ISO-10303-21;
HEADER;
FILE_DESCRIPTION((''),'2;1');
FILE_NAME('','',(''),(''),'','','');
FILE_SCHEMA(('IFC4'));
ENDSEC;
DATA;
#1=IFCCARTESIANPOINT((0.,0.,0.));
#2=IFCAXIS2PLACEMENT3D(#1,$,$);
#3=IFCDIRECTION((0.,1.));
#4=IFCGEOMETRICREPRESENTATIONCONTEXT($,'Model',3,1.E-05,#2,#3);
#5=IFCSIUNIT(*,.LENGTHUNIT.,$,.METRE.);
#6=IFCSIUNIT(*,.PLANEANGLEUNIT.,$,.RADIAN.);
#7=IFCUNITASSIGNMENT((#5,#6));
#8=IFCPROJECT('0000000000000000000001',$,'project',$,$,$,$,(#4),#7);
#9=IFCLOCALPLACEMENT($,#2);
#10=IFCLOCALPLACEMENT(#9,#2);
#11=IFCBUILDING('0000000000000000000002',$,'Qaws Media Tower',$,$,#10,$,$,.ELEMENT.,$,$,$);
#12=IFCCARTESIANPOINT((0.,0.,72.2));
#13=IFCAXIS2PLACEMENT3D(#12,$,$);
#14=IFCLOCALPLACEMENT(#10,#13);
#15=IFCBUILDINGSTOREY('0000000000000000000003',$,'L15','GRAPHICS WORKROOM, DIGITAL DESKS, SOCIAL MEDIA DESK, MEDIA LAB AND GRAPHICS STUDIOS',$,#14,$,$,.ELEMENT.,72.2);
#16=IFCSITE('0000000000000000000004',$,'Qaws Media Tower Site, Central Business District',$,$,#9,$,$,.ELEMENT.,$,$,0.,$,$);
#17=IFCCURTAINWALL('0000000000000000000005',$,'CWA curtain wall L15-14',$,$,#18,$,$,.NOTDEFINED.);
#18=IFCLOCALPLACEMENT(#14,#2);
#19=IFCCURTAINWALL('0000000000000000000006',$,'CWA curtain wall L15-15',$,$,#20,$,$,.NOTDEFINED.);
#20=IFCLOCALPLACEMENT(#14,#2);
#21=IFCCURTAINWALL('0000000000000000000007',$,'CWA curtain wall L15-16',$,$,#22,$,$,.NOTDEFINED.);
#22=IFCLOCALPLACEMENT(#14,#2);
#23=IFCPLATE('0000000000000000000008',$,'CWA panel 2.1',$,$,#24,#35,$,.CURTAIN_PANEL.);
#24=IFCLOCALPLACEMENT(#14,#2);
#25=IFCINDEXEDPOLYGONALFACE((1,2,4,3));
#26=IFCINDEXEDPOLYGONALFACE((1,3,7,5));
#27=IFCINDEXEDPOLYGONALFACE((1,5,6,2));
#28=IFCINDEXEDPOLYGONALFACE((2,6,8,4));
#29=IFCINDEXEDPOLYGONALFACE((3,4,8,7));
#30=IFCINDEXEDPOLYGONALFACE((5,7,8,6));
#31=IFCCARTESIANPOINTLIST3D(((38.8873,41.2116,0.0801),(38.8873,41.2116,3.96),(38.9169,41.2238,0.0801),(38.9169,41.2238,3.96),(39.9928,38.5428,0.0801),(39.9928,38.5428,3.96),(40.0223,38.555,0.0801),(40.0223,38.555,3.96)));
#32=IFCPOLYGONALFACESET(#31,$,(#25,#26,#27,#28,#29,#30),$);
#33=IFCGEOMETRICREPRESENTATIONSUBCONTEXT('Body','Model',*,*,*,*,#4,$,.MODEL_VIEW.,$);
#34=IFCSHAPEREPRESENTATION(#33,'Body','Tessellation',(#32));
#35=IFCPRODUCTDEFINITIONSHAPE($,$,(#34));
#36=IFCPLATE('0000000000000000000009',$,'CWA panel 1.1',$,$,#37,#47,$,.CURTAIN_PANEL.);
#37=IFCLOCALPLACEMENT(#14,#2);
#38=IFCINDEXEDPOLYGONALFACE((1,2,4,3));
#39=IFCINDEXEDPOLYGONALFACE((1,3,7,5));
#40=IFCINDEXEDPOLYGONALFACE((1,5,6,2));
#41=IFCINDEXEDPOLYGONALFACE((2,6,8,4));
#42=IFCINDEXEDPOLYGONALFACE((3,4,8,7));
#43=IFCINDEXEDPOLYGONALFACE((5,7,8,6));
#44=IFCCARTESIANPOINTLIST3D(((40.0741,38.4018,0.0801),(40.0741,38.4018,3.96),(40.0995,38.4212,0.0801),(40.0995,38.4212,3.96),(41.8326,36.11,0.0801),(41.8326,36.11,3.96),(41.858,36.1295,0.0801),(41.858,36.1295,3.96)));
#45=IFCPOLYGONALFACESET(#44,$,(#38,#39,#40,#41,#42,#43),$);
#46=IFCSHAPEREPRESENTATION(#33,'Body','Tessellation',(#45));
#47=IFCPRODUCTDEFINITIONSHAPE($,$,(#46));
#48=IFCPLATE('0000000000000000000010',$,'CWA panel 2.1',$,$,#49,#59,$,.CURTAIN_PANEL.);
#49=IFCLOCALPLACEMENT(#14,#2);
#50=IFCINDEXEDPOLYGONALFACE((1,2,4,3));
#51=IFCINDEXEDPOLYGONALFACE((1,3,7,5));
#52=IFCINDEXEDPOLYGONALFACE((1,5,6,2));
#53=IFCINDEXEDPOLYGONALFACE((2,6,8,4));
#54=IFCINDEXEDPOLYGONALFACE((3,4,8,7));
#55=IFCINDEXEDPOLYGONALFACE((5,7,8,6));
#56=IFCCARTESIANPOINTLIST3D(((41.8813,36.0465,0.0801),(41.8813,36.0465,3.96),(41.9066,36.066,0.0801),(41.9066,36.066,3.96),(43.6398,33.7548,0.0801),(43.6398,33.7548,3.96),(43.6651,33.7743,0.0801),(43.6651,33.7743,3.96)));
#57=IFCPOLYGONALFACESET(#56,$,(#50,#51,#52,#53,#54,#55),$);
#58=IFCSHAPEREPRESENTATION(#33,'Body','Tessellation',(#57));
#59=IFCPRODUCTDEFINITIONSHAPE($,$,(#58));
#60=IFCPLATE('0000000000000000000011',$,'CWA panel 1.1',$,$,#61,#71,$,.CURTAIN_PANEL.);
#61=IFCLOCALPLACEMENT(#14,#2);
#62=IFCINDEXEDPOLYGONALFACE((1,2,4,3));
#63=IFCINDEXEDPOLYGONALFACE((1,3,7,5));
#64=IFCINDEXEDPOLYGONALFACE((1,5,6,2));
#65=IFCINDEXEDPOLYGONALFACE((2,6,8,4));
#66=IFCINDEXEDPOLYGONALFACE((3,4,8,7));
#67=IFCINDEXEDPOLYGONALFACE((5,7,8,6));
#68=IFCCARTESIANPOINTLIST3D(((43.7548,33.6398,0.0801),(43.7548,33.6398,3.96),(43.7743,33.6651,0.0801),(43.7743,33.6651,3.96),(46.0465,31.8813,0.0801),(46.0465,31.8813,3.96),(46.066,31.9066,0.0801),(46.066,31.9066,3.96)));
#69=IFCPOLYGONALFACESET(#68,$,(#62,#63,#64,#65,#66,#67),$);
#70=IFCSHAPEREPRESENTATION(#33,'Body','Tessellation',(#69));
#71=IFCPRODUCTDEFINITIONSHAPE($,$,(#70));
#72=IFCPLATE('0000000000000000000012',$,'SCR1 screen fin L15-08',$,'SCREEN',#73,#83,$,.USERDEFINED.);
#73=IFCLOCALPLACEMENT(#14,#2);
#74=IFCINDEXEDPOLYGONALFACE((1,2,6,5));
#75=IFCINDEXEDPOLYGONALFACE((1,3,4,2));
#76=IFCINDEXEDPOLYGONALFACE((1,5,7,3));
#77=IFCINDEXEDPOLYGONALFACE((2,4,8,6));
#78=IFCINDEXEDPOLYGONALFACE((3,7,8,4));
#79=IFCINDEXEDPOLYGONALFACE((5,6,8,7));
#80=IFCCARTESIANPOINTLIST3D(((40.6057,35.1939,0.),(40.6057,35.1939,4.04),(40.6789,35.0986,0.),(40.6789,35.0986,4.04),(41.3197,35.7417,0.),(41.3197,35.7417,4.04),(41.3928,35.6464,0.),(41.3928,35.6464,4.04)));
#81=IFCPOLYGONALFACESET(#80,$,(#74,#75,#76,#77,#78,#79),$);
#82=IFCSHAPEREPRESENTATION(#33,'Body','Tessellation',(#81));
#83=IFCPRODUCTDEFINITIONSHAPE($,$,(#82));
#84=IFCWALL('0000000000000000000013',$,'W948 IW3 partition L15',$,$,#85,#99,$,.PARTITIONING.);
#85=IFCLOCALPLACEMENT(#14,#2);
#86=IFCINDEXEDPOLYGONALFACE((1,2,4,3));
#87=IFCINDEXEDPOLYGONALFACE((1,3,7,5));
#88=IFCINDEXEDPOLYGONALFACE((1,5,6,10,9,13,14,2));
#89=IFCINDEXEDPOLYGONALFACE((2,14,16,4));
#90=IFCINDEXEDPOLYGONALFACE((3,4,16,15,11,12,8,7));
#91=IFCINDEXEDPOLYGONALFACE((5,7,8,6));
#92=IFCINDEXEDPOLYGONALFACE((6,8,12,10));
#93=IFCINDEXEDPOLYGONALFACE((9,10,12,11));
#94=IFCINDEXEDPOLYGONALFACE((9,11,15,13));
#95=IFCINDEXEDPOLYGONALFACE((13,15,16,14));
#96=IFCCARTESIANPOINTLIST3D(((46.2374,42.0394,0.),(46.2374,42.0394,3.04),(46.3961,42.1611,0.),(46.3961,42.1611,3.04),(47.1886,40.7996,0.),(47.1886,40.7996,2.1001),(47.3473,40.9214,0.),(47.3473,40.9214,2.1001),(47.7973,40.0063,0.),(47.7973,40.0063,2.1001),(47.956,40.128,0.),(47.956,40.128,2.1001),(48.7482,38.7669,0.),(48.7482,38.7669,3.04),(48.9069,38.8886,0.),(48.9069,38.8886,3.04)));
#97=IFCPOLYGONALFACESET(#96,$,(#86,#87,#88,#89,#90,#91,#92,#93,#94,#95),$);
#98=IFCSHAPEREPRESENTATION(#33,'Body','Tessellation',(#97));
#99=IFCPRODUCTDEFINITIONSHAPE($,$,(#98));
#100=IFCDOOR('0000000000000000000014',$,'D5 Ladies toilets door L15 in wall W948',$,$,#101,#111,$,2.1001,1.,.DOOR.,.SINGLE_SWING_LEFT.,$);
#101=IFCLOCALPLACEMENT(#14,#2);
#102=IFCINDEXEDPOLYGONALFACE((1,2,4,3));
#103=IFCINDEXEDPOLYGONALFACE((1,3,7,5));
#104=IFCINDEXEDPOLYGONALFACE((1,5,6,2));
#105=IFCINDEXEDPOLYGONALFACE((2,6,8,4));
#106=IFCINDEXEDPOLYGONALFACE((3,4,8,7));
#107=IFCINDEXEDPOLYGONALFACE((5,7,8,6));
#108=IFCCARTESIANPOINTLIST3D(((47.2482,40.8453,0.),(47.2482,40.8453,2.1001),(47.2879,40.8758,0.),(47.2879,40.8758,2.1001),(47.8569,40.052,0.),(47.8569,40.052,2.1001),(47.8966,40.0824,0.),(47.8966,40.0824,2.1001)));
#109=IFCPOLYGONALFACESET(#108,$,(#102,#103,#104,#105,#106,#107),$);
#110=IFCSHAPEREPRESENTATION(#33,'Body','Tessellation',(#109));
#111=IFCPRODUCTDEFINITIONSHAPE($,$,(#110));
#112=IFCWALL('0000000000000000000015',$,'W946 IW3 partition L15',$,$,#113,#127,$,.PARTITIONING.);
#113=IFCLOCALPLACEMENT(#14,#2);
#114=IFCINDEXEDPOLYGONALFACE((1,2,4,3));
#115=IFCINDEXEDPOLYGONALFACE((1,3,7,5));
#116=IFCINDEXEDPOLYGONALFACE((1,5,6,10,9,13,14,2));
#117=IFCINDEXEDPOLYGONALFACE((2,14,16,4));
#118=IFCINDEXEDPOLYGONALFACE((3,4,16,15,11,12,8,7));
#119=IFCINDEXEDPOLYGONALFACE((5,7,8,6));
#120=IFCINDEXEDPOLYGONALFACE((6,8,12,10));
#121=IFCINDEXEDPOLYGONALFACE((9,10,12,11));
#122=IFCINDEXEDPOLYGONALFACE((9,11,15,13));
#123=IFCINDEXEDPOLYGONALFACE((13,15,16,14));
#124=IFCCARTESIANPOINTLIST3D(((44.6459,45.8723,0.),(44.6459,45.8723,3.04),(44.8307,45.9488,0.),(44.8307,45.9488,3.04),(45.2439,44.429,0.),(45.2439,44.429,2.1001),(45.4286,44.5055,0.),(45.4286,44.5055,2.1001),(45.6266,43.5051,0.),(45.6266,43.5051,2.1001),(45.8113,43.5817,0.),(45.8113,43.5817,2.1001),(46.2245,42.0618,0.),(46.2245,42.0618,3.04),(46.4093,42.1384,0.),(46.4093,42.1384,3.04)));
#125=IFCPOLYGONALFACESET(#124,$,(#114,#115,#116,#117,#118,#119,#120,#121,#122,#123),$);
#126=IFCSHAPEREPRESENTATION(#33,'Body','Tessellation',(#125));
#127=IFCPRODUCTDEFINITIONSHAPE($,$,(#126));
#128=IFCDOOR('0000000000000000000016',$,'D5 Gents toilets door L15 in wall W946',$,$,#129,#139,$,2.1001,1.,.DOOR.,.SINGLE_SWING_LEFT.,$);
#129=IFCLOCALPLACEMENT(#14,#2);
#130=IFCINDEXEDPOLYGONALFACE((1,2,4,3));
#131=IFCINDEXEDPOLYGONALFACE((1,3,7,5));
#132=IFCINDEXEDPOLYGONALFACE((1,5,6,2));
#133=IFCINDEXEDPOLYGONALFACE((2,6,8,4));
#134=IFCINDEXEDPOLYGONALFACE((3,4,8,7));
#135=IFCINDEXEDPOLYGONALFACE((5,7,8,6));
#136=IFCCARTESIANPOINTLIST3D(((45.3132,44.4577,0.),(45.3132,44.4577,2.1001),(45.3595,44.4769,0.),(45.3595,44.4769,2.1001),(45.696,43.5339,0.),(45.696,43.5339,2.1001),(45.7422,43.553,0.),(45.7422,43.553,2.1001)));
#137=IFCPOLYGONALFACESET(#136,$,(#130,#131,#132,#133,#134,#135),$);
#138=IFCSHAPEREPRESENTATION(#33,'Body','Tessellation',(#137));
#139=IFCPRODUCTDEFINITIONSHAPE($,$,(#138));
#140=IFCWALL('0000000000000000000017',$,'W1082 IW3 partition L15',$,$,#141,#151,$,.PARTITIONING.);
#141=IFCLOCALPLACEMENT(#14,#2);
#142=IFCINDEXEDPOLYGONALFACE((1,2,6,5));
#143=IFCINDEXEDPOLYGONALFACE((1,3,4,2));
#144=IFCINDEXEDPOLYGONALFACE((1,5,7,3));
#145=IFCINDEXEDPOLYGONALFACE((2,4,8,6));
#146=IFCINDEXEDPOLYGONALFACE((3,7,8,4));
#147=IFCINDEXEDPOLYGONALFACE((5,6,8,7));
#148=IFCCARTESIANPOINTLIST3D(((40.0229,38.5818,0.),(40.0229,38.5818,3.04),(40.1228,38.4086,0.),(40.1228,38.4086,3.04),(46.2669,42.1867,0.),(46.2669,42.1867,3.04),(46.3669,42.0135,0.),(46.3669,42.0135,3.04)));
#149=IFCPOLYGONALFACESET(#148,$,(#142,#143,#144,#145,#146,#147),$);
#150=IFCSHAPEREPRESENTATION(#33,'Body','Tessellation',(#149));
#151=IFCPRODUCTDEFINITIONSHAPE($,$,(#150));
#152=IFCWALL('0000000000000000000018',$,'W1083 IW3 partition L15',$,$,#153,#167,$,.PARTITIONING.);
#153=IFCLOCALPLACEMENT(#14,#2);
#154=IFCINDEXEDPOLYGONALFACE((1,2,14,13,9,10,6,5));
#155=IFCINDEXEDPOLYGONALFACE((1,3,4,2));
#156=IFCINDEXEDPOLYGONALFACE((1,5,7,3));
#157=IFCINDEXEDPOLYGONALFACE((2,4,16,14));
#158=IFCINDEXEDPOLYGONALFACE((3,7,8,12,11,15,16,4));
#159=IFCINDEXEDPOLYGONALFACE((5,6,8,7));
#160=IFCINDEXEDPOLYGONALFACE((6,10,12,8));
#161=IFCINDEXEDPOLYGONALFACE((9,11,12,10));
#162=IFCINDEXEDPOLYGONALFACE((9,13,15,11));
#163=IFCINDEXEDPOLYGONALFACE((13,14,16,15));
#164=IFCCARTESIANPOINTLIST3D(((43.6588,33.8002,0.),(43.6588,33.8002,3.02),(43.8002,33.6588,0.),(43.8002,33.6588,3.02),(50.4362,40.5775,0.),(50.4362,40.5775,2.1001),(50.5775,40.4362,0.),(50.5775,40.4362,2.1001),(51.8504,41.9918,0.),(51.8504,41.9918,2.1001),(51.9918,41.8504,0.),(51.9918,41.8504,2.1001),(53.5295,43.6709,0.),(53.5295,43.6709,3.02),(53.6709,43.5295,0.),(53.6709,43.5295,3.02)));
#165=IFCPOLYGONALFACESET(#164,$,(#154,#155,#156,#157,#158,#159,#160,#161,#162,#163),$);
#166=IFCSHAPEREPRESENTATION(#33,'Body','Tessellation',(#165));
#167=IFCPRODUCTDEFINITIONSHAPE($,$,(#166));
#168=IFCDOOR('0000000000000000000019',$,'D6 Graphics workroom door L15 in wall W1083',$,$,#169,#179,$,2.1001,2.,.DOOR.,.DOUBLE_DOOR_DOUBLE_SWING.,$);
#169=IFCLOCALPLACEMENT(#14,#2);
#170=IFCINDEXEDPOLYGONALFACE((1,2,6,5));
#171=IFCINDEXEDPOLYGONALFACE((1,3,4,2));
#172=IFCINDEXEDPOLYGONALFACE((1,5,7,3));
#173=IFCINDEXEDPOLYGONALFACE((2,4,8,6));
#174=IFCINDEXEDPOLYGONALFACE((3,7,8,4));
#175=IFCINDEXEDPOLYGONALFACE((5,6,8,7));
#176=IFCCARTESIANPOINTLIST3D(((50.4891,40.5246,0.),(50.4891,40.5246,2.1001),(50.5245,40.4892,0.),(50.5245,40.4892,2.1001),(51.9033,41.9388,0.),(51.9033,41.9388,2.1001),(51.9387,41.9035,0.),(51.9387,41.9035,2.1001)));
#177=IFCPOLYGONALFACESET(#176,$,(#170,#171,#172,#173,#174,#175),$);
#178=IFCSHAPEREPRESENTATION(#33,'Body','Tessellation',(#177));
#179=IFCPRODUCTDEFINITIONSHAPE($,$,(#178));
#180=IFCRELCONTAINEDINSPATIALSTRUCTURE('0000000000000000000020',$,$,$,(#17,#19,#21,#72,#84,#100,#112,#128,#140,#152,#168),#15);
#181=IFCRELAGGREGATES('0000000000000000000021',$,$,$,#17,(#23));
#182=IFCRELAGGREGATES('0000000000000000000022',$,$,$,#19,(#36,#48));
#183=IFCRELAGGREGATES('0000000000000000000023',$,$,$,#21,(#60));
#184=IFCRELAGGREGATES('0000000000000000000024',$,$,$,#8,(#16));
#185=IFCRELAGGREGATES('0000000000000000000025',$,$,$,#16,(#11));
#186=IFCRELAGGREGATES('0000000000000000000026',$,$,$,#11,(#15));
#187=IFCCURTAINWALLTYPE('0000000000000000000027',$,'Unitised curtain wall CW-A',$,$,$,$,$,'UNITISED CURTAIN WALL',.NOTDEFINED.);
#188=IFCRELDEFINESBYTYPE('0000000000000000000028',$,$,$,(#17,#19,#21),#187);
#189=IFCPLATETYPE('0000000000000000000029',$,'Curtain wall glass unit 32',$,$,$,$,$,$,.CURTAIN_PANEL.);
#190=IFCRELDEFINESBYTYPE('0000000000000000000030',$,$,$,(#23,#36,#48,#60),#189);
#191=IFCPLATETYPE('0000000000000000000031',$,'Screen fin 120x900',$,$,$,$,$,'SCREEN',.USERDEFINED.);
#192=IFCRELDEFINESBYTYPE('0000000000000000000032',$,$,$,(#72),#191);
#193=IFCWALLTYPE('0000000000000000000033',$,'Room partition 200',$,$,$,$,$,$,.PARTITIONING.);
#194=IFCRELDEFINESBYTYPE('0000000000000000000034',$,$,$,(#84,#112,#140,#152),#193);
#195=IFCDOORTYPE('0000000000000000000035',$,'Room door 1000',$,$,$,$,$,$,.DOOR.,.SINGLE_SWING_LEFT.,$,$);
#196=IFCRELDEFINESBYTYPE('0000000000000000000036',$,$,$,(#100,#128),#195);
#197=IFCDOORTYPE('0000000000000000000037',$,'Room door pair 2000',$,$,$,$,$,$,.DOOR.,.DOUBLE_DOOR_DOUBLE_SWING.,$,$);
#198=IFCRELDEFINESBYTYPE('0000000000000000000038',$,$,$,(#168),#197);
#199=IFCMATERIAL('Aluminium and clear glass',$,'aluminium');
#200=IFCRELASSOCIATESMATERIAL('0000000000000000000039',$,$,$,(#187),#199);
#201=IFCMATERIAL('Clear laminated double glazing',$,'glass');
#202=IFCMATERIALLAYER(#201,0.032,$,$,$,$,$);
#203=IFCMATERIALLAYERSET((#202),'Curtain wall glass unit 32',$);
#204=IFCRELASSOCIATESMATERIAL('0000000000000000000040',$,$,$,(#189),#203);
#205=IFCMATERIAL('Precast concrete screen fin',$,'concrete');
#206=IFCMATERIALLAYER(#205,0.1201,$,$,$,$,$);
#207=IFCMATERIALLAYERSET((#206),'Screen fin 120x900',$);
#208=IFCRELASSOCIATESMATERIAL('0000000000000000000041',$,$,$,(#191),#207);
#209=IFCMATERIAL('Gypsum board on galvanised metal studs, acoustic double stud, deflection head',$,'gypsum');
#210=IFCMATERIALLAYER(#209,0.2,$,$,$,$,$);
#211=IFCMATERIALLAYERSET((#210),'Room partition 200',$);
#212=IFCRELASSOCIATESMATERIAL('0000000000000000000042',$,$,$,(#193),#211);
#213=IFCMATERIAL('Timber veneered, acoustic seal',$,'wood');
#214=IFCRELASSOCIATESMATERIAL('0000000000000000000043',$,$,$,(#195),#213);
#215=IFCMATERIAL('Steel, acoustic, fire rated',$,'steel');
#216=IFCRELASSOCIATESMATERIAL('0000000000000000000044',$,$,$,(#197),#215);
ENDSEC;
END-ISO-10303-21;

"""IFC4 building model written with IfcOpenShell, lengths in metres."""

from ifc_helpers import new_model, si_unit, direction, frame, frame_2d, origin, origin_2d, place, context, subcontext, project, spatial, rectangle, extrude, material, layer, layer_set, type_object, element, fill, aggregate, save


model = new_model("IFC4")

# Units and contexts
model_context = context("Model", 3, precision=1e-05, world=origin(), true_north=direction((0.0, 1.0)))
body_context = subcontext(model_context, "Body", "Model", "MODEL_VIEW")
ifc_project = project(units=[si_unit("LENGTHUNIT", "METRE"), si_unit("PLANEANGLEUNIT", "RADIAN")], contexts=[model_context])

# Site, building, storey
site_placement = place(None, origin())
site = spatial("IfcSite", under=ifc_project, at=site_placement, Name="Qaws Media Tower Site, Central Business District", CompositionType="ELEMENT", RefElevation=0.0)
building_placement = place(site_placement, origin())
building = spatial("IfcBuilding", under=site, at=building_placement, Name="Qaws Media Tower", CompositionType="ELEMENT")
storey_placement = place(building_placement, frame((0.0, 0.0, 72.2)))
storey = spatial("IfcBuildingStorey", under=building, at=storey_placement, Name="L15", Description="GRAPHICS WORKROOM, DIGITAL DESKS, SOCIAL MEDIA DESK, MEDIA LAB AND GRAPHICS STUDIOS", CompositionType="ELEMENT", Elevation=72.2)

# Curtain wall
ifc_material_1 = material(Name="Aluminium and clear glass", Category="aluminium")
curtain_wall_type = type_object("IfcCurtainWallType", Name="Unitised curtain wall CW-A", ElementType="UNITISED CURTAIN WALL", PredefinedType="NOTDEFINED", material=ifc_material_1)
curtain_wall_1_placement = place(storey_placement, origin())
curtain_wall_1 = element("IfcCurtainWall", 1, at=curtain_wall_1_placement, inside=storey, type_object=curtain_wall_type, Name="CWA curtain wall L15-14", PredefinedType="NOTDEFINED")

# Curtain wall
curtain_wall_2_placement = place(storey_placement, origin())
curtain_wall_2 = element("IfcCurtainWall", 2, at=curtain_wall_2_placement, inside=storey, type_object=curtain_wall_type, Name="CWA curtain wall L15-15", PredefinedType="NOTDEFINED")

# Curtain wall
curtain_wall_3_placement = place(storey_placement, origin())
curtain_wall_3 = element("IfcCurtainWall", 3, at=curtain_wall_3_placement, inside=storey, type_object=curtain_wall_type, Name="CWA curtain wall L15-16", PredefinedType="NOTDEFINED")

# Plates
ifc_material_2 = material(Name="Clear laminated double glazing", Category="glass")
ifc_layer_1 = layer(ifc_material_2, 0.032)
ifc_layer_set_1 = layer_set([ifc_layer_1], Name="Curtain wall glass unit 32")
plate_type_1 = type_object("IfcPlateType", Name="Curtain wall glass unit 32", PredefinedType="CURTAIN_PANEL", material=ifc_layer_set_1)
plate_1_placement = place(storey_placement, frame((39.4548, 39.8833, 0.0801), z_axis=(0.0, 0.0, 1.0), x_axis=(0.382683, -0.92388, 0.0)))
plate_1 = element("IfcPlate", 4, at=plate_1_placement, type_object=plate_type_1, Name="CWA panel 2.1", PredefinedType="CURTAIN_PANEL", context=body_context, shape_type="SweptSolid", body=[
    extrude(rectangle(XDim=2.8887, YDim=0.032, at=origin_2d()), origin(), (0.0, 0.0, 1.0), 3.8799),
])
aggregate(curtain_wall_1, [plate_1])
plate_2_placement = place(storey_placement, frame((40.9661, 37.2656, 0.0801), z_axis=(0.0, 0.0, 1.0), x_axis=(0.608762, -0.793353, 0.0)))
plate_2 = element("IfcPlate", 5, at=plate_2_placement, type_object=plate_type_1, Name="CWA panel 1.1", PredefinedType="CURTAIN_PANEL", context=body_context, shape_type="SweptSolid", body=[
    extrude(rectangle(XDim=2.8887, YDim=0.032, at=origin_2d()), origin(), (0.0, 0.0, 1.0), 3.8799),
])
plate_3_placement = place(storey_placement, frame((42.7732, 34.9104, 0.0801), z_axis=(0.0, 0.0, 1.0), x_axis=(0.608762, -0.793353, 0.0)))
plate_3 = element("IfcPlate", 6, at=plate_3_placement, type_object=plate_type_1, Name="CWA panel 2.1", PredefinedType="CURTAIN_PANEL", context=body_context, shape_type="SweptSolid", body=[
    extrude(rectangle(XDim=2.8887, YDim=0.032, at=origin_2d()), origin(), (0.0, 0.0, 1.0), 3.8799),
])
aggregate(curtain_wall_2, [plate_2, plate_3])
plate_4_placement = place(storey_placement, frame((44.9104, 32.7732, 0.0801), z_axis=(0.0, 0.0, 1.0), x_axis=(0.793353, -0.608762, 0.0)))
plate_4 = element("IfcPlate", 7, at=plate_4_placement, type_object=plate_type_1, Name="CWA panel 1.1", PredefinedType="CURTAIN_PANEL", context=body_context, shape_type="SweptSolid", body=[
    extrude(rectangle(XDim=2.8887, YDim=0.032, at=origin_2d()), origin(), (0.0, 0.0, 1.0), 3.8799),
])
aggregate(curtain_wall_3, [plate_4])
ifc_material_3 = material(Name="Precast concrete screen fin", Category="concrete")
ifc_layer_2 = layer(ifc_material_3, 0.1201)
ifc_layer_set_2 = layer_set([ifc_layer_2], Name="Screen fin 120x900")
plate_type_2 = type_object("IfcPlateType", Name="Screen fin 120x900", ElementType="SCREEN", PredefinedType="USERDEFINED", material=ifc_layer_set_2)
plate_5_placement = place(storey_placement, frame((40.9993, 35.4202, 0.0), z_axis=(0.0, 0.0, 1.0), x_axis=(-0.793353, -0.608761, 0.0)))
element("IfcPlate", 8, at=plate_5_placement, inside=storey, type_object=plate_type_2, Name="SCR1 screen fin L15-08", ObjectType="SCREEN", PredefinedType="USERDEFINED", context=body_context, shape_type="SweptSolid", body=[
    extrude(rectangle(XDim=0.8999, YDim=0.1201, at=origin_2d()), origin(), (0.0, 0.0, 1.0), 4.04),
])

# Walls, openings, doors
ifc_material_4 = material(Name="Gypsum board on galvanised metal studs, acoustic double stud, deflection head", Category="gypsum")
ifc_layer_3 = layer(ifc_material_4, 0.2)
ifc_layer_set_3 = layer_set([ifc_layer_3], Name="Room partition 200")
wall_type = type_object("IfcWallType", Name="Room partition 200", PredefinedType="PARTITIONING", material=ifc_layer_set_3)
wall_1_placement = place(storey_placement, frame((48.8276, 38.8276, 0.0), z_axis=(0.0, 0.0, 1.0), x_axis=(-0.608715, 0.793389, 0.0)))
wall_1 = element("IfcWall", 9, at=wall_1_placement, inside=storey, type_object=wall_type, Name="W948 IW3 partition L15", PredefinedType="PARTITIONING", context=body_context, shape_type="SweptSolid", body=[
    extrude(rectangle(XDim=4.1248, YDim=0.2, at=frame_2d((2.0625, 0.0))), origin(), (0.0, 0.0, 1.0), 3.04),
])
opening_1_placement = place(wall_1_placement, frame((1.5623, 0.0, 0.0)))
opening_1 = element("IfcOpeningElement", 10, at=opening_1_placement, cuts=wall_1, PredefinedType="OPENING", context=body_context, shape_type="SweptSolid", body=[
    extrude(rectangle(XDim=1.0, YDim=2.1001, at=frame_2d((0.5, 1.05))), frame((0.0, 0.1099, 0.0), z_axis=(0.0, -1.0, 0.0), x_axis=(1.0, 0.0, 0.0)), (0.0, 0.0, 1.0), 0.22),
])
ifc_material_5 = material(Name="Timber veneered, acoustic seal", Category="wood")
door_type_1 = type_object("IfcDoorType", Name="Room door 1000", OperationType="SINGLE_SWING_LEFT", PredefinedType="DOOR", material=ifc_material_5)
door_1_placement = place(opening_1_placement, origin())
door_1 = element("IfcDoor", 11, at=door_1_placement, inside=storey, type_object=door_type_1, Name="D5 Ladies toilets door L15 in wall W948", OperationType="SINGLE_SWING_LEFT", OverallHeight=2.1001, OverallWidth=1.0, PredefinedType="DOOR", context=body_context, shape_type="SweptSolid", body=[
    extrude(rectangle(XDim=1.0, YDim=2.1001, at=frame_2d((0.5, 1.05))), frame((0.0, 0.0249, 0.0), z_axis=(0.0, -1.0, 0.0), x_axis=(1.0, 0.0, 0.0)), (0.0, 0.0, 1.0), 0.05),
])
fill(opening_1, door_1)
wall_2_placement = place(storey_placement, frame((46.3169, 42.1001, 0.0), z_axis=(0.0, 0.0, 1.0), x_axis=(-0.382732, 0.92386, 0.0)))
wall_2 = element("IfcWall", 12, at=wall_2_placement, inside=storey, type_object=wall_type, Name="W946 IW3 partition L15", PredefinedType="PARTITIONING", context=body_context, shape_type="SweptSolid", body=[
    extrude(rectangle(XDim=4.1245, YDim=0.2, at=frame_2d((2.0623, 0.0))), origin(), (0.0, 0.0, 1.0), 3.04),
])
opening_2_placement = place(wall_2_placement, frame((1.5623, 0.0, 0.0)))
opening_2 = element("IfcOpeningElement", 13, at=opening_2_placement, cuts=wall_2, PredefinedType="OPENING", context=body_context, shape_type="SweptSolid", body=[
    extrude(rectangle(XDim=1.0, YDim=2.1001, at=frame_2d((0.5, 1.05))), frame((0.0, 0.1099, 0.0), z_axis=(0.0, -1.0, 0.0), x_axis=(1.0, 0.0, 0.0)), (0.0, 0.0, 1.0), 0.22),
])
door_2_placement = place(opening_2_placement, origin())
door_2 = element("IfcDoor", 14, at=door_2_placement, inside=storey, type_object=door_type_1, Name="D5 Gents toilets door L15 in wall W946", OperationType="SINGLE_SWING_LEFT", OverallHeight=2.1001, OverallWidth=1.0, PredefinedType="DOOR", context=body_context, shape_type="SweptSolid", body=[
    extrude(rectangle(XDim=1.0, YDim=2.1001, at=frame_2d((0.5, 1.05))), frame((0.0, 0.0249, 0.0), z_axis=(0.0, -1.0, 0.0), x_axis=(1.0, 0.0, 0.0)), (0.0, 0.0, 1.0), 0.05),
])
fill(opening_2, door_2)

# Wall
wall_3_placement = place(storey_placement, frame((46.3169, 42.1001, 0.0), z_axis=(0.0, 0.0, 1.0), x_axis=(-0.86603, -0.499992, 0.0)))
element("IfcWall", 15, at=wall_3_placement, inside=storey, type_object=wall_type, Name="W1082 IW3 partition L15", PredefinedType="PARTITIONING", context=body_context, shape_type="SweptSolid", body=[
    extrude(rectangle(XDim=7.21, YDim=0.2, at=frame_2d((3.605, 0.0))), origin(), (0.0, 0.0, 1.0), 3.04),
])

# Wall, opening, door
wall_4_placement = place(storey_placement, frame((53.6001, 43.6001, 0.0), z_axis=(0.0, 0.0, 1.0), x_axis=(-0.707107, -0.707107, 0.0)))
wall_4 = element("IfcWall", 16, at=wall_4_placement, inside=storey, type_object=wall_type, Name="W1083 IW3 partition L15", PredefinedType="PARTITIONING", context=body_context, shape_type="SweptSolid", body=[
    extrude(rectangle(XDim=13.9592, YDim=0.2, at=frame_2d((6.9795, 0.0))), origin(), (0.0, 0.0, 1.0), 3.02),
])
opening_3_placement = place(wall_4_placement, frame((2.3745, 0.0, 0.0)))
opening_3 = element("IfcOpeningElement", 17, at=opening_3_placement, cuts=wall_4, PredefinedType="OPENING", context=body_context, shape_type="SweptSolid", body=[
    extrude(rectangle(XDim=2.0, YDim=2.1001, at=frame_2d((1.0, 1.05))), frame((0.0, 0.1099, 0.0), z_axis=(0.0, -1.0, 0.0), x_axis=(1.0, 0.0, 0.0)), (0.0, 0.0, 1.0), 0.22),
])
ifc_material_6 = material(Name="Steel, acoustic, fire rated", Category="steel")
door_type_2 = type_object("IfcDoorType", Name="Room door pair 2000", OperationType="DOUBLE_DOOR_DOUBLE_SWING", PredefinedType="DOOR", material=ifc_material_6)
door_3_placement = place(opening_3_placement, origin())
door_3 = element("IfcDoor", 18, at=door_3_placement, inside=storey, type_object=door_type_2, Name="D6 Graphics workroom door L15 in wall W1083", OperationType="DOUBLE_DOOR_DOUBLE_SWING", OverallHeight=2.1001, OverallWidth=2.0, PredefinedType="DOOR", context=body_context, shape_type="SweptSolid", body=[
    extrude(rectangle(XDim=2.0, YDim=2.1001, at=frame_2d((1.0, 1.05))), frame((0.0, 0.0249, 0.0), z_axis=(0.0, -1.0, 0.0), x_axis=(1.0, 0.0, 0.0)), (0.0, 0.0, 1.0), 0.05),
])
fill(opening_3, door_3)

save(model, "model.ifc")
